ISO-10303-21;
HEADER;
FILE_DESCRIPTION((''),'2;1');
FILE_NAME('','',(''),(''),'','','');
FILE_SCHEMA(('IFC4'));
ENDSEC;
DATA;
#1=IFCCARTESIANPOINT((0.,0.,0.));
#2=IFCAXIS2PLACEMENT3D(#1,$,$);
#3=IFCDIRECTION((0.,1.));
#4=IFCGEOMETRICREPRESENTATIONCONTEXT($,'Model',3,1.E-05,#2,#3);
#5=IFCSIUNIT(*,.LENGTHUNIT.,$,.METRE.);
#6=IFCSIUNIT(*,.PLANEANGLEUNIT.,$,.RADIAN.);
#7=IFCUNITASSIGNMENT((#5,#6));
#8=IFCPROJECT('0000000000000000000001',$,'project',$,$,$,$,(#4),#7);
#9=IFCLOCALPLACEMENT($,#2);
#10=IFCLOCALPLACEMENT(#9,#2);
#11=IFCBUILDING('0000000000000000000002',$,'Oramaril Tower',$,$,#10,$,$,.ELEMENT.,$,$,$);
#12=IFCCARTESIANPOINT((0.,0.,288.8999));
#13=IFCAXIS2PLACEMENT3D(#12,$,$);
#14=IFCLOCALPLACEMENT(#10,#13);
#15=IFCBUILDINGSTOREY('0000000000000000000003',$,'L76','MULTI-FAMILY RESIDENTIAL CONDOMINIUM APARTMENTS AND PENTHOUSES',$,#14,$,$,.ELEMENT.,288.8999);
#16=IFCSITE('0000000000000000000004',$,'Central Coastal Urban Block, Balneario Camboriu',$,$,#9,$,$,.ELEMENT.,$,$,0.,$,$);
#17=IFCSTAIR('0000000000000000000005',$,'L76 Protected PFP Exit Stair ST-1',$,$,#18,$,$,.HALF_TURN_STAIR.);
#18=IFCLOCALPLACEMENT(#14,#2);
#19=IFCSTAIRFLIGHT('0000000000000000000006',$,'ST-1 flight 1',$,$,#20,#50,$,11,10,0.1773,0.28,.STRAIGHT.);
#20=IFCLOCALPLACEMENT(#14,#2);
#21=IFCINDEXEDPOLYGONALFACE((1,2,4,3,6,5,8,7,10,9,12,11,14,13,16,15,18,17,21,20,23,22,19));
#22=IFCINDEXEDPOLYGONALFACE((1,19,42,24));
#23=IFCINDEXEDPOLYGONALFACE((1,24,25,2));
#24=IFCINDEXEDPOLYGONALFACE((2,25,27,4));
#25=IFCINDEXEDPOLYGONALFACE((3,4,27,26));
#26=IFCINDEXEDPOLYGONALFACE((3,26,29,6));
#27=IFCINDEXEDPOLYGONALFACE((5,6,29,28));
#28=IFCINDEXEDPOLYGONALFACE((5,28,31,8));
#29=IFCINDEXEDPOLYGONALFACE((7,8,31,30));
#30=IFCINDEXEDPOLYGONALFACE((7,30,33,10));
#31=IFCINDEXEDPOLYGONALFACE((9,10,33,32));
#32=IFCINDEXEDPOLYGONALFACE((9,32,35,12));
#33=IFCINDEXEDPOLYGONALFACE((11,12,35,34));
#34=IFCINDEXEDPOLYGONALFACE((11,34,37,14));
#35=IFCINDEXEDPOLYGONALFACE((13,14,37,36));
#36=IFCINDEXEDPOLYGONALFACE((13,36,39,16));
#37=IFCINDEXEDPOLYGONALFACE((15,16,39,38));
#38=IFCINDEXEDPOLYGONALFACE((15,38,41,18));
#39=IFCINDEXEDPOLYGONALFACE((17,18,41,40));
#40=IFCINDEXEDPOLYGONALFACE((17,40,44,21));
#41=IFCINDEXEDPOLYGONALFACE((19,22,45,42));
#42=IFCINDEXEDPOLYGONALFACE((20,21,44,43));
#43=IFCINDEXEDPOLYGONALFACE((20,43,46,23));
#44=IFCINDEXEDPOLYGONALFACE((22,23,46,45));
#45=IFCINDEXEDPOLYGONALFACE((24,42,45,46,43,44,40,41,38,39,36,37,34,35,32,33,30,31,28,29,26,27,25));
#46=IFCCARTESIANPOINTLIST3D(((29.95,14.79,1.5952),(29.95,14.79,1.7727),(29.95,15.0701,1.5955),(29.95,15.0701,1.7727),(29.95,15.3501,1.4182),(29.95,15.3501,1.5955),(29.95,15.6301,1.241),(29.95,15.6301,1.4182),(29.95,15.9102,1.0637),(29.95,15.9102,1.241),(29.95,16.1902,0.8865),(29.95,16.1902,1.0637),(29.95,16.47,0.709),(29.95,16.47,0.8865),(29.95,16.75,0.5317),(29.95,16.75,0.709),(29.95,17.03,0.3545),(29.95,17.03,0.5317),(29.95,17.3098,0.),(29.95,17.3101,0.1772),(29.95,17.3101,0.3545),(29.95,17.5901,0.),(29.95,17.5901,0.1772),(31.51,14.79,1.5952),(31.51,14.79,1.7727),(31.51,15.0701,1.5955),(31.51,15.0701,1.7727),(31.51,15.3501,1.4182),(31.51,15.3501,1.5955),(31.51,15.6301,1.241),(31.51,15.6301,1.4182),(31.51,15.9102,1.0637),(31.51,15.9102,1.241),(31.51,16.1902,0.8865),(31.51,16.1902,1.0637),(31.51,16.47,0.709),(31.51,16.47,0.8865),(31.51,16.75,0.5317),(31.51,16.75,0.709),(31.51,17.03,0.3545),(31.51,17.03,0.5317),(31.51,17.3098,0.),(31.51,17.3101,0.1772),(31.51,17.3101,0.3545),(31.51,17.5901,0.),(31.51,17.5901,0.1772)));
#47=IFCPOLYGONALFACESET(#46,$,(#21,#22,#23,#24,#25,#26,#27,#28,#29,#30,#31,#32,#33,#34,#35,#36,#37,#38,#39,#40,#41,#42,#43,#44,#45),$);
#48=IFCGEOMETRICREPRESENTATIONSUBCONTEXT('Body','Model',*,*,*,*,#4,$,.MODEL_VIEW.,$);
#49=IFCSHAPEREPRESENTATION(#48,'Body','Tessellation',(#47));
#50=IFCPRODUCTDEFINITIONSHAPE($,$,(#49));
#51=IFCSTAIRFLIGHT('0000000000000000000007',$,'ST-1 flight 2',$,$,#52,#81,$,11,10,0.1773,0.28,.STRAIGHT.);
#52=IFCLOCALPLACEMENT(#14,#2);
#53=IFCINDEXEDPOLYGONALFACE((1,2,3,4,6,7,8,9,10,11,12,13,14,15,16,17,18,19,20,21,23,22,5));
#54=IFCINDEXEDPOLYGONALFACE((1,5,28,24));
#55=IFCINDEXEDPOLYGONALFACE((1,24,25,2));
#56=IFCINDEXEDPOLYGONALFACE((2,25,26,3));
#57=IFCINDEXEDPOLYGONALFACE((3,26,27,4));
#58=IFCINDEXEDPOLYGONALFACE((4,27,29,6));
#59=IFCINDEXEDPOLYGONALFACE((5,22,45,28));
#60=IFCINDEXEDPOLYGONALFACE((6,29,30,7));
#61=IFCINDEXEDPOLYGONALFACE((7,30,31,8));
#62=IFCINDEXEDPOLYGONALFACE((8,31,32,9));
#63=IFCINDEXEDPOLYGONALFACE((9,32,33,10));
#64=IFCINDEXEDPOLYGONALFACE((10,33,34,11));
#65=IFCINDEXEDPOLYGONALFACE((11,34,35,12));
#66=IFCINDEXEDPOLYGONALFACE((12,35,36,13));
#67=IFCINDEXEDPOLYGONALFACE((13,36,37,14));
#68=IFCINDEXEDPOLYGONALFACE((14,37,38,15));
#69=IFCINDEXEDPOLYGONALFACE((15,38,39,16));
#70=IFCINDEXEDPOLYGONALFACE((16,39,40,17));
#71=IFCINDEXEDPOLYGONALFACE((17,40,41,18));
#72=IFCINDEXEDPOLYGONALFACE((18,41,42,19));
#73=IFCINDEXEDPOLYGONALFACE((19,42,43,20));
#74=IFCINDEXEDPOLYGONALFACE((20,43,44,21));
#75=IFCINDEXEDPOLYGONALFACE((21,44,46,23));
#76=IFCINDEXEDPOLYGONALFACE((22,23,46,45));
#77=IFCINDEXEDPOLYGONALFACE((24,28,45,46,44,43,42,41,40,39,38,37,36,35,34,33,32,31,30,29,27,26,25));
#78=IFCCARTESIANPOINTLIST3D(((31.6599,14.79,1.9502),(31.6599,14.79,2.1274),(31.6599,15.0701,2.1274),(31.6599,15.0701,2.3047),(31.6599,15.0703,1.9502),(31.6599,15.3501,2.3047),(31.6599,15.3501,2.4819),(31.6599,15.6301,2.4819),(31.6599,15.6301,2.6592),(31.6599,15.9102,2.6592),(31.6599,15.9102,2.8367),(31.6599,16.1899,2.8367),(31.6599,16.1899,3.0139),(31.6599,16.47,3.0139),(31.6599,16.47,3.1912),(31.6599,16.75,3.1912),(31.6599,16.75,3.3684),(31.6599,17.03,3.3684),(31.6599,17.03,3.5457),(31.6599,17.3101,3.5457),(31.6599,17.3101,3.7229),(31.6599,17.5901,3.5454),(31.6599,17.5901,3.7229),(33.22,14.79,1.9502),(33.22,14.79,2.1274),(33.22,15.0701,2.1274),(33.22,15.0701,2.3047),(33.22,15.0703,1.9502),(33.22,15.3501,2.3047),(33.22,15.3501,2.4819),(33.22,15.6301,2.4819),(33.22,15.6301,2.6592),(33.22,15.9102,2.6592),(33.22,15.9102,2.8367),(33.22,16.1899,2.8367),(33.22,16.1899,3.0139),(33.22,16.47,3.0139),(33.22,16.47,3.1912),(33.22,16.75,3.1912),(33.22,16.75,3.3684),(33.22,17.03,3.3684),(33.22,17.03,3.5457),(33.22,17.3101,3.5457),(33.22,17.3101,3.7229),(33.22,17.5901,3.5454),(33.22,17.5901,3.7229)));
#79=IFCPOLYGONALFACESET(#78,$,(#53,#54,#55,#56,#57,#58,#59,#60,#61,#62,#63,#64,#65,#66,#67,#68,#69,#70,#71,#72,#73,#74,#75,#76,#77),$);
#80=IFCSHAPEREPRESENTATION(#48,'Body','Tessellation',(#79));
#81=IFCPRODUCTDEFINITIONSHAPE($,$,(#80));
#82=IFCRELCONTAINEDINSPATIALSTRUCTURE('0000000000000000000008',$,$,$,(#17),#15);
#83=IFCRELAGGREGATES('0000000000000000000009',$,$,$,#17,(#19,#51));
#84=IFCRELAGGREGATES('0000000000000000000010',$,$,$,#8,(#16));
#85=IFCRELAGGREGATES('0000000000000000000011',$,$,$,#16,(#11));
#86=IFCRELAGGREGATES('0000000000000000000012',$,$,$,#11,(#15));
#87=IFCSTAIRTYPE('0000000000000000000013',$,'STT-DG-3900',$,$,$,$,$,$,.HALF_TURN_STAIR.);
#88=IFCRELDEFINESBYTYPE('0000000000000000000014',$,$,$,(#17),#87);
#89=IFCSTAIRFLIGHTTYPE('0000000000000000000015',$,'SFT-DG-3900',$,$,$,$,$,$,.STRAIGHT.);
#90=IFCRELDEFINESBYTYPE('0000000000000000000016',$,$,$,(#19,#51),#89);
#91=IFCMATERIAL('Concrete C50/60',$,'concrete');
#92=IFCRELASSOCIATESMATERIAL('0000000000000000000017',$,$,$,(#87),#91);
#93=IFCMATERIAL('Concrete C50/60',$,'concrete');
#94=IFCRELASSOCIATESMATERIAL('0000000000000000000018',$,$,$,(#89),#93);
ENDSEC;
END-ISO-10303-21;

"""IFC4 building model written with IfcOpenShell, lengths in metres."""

from ifc_helpers import new_model, si_unit, direction, frame, origin, place, context, subcontext, project, spatial, polyline, outline, extrude, material, type_object, element, aggregate, save


model = new_model("IFC4")

# Units and contexts
model_context = context("Model", 3, precision=1e-05, world=origin(), true_north=direction((0.0, 1.0)))
body_context = subcontext(model_context, "Body", "Model", "MODEL_VIEW")
ifc_project = project(units=[si_unit("LENGTHUNIT", "METRE"), si_unit("PLANEANGLEUNIT", "RADIAN")], contexts=[model_context])

# Site, building, storey
site_placement = place(None, origin())
site = spatial("IfcSite", under=ifc_project, at=site_placement, Name="Central Coastal Urban Block, Balneario Camboriu", CompositionType="ELEMENT", RefElevation=0.0)
building_placement = place(site_placement, origin())
building = spatial("IfcBuilding", under=site, at=building_placement, Name="Oramaril Tower", CompositionType="ELEMENT")
storey_placement = place(building_placement, frame((0.0, 0.0, 288.8999)))
storey = spatial("IfcBuildingStorey", under=building, at=storey_placement, Name="L76", Description="MULTI-FAMILY RESIDENTIAL CONDOMINIUM APARTMENTS AND PENTHOUSES", CompositionType="ELEMENT", Elevation=288.8999)

# Stair, stair flights
ifc_material_1 = material(Name="Concrete C50/60", Category="concrete")
stair_type = type_object("IfcStairType", Name="STT-DG-3900", PredefinedType="HALF_TURN_STAIR", material=ifc_material_1)
stair_placement = place(storey_placement, origin())
stair = element("IfcStair", 1, at=stair_placement, inside=storey, type_object=stair_type, Name="L76 Protected PFP Exit Stair ST-1", PredefinedType="HALF_TURN_STAIR")
ifc_material_2 = material(Name="Concrete C50/60", Category="concrete")
stair_flight_type = type_object("IfcStairFlightType", Name="SFT-DG-3900", PredefinedType="STRAIGHT", material=ifc_material_2)
stair_flight_1_placement = place(storey_placement, frame((30.73, 17.5901, 0.0), z_axis=(0.0, 0.0, 1.0), x_axis=(0.0, -1.0, 0.0)))
stair_flight_1 = element("IfcStairFlight", 2, at=stair_flight_1_placement, type_object=stair_flight_type, Name="ST-1 flight 1", NumberOfRisers=11, NumberOfTreads=10, PredefinedType="STRAIGHT", RiserHeight=0.1773, TreadLength=0.28, context=body_context, shape_type="SweptSolid", body=[
    extrude(outline(polyline([(0.0, 0.0), (0.0, 0.1772), (0.28, 0.1772), (0.28, 0.3545), (0.5601, 0.3545), (0.5601, 0.5317), (0.8401, 0.5317), (0.8401, 0.709), (1.1201, 0.709), (1.1201, 0.8865), (1.3999, 0.8865), (1.3999, 1.0637), (1.6799, 1.0637), (1.6799, 1.241), (1.96, 1.241), (1.96, 1.4182), (2.24, 1.4182), (2.24, 1.5955), (2.52, 1.5955), (2.52, 1.7727), (2.8, 1.7727), (2.8, 1.95), (2.8, 1.5952), (0.2803, 0.0), (0.0, 0.0)])), frame((0.0, 0.78, 0.0), z_axis=(0.0, -1.0, 0.0), x_axis=(1.0, 0.0, 0.0)), (0.0, 0.0, 1.0), 1.5601),
])
stair_flight_2_placement = place(storey_placement, frame((32.4399, 14.79, 1.9502), z_axis=(0.0, 0.0, 1.0), x_axis=(0.0, 1.0, 0.0)))
stair_flight_2 = element("IfcStairFlight", 3, at=stair_flight_2_placement, type_object=stair_flight_type, Name="ST-1 flight 2", NumberOfRisers=11, NumberOfTreads=10, PredefinedType="STRAIGHT", RiserHeight=0.1773, TreadLength=0.28, context=body_context, shape_type="SweptSolid", body=[
    extrude(outline(polyline([(0.0, 0.0), (0.0, 0.1772), (0.28, 0.1772), (0.28, 0.3545), (0.5601, 0.3545), (0.5601, 0.5317), (0.8401, 0.5317), (0.8401, 0.709), (1.1201, 0.709), (1.1201, 0.8865), (1.3999, 0.8865), (1.3999, 1.0637), (1.6799, 1.0637), (1.6799, 1.241), (1.96, 1.241), (1.96, 1.4182), (2.24, 1.4182), (2.24, 1.5955), (2.52, 1.5955), (2.52, 1.7727), (2.8, 1.7727), (2.8, 1.95), (2.8, 1.5952), (0.2803, 0.0), (0.0, 0.0)])), frame((0.0, 0.78, 0.0), z_axis=(0.0, -1.0, 0.0), x_axis=(1.0, 0.0, 0.0)), (0.0, 0.0, 1.0), 1.5601),
])
aggregate(stair, [stair_flight_1, stair_flight_2])

save(model, "model.ifc")
